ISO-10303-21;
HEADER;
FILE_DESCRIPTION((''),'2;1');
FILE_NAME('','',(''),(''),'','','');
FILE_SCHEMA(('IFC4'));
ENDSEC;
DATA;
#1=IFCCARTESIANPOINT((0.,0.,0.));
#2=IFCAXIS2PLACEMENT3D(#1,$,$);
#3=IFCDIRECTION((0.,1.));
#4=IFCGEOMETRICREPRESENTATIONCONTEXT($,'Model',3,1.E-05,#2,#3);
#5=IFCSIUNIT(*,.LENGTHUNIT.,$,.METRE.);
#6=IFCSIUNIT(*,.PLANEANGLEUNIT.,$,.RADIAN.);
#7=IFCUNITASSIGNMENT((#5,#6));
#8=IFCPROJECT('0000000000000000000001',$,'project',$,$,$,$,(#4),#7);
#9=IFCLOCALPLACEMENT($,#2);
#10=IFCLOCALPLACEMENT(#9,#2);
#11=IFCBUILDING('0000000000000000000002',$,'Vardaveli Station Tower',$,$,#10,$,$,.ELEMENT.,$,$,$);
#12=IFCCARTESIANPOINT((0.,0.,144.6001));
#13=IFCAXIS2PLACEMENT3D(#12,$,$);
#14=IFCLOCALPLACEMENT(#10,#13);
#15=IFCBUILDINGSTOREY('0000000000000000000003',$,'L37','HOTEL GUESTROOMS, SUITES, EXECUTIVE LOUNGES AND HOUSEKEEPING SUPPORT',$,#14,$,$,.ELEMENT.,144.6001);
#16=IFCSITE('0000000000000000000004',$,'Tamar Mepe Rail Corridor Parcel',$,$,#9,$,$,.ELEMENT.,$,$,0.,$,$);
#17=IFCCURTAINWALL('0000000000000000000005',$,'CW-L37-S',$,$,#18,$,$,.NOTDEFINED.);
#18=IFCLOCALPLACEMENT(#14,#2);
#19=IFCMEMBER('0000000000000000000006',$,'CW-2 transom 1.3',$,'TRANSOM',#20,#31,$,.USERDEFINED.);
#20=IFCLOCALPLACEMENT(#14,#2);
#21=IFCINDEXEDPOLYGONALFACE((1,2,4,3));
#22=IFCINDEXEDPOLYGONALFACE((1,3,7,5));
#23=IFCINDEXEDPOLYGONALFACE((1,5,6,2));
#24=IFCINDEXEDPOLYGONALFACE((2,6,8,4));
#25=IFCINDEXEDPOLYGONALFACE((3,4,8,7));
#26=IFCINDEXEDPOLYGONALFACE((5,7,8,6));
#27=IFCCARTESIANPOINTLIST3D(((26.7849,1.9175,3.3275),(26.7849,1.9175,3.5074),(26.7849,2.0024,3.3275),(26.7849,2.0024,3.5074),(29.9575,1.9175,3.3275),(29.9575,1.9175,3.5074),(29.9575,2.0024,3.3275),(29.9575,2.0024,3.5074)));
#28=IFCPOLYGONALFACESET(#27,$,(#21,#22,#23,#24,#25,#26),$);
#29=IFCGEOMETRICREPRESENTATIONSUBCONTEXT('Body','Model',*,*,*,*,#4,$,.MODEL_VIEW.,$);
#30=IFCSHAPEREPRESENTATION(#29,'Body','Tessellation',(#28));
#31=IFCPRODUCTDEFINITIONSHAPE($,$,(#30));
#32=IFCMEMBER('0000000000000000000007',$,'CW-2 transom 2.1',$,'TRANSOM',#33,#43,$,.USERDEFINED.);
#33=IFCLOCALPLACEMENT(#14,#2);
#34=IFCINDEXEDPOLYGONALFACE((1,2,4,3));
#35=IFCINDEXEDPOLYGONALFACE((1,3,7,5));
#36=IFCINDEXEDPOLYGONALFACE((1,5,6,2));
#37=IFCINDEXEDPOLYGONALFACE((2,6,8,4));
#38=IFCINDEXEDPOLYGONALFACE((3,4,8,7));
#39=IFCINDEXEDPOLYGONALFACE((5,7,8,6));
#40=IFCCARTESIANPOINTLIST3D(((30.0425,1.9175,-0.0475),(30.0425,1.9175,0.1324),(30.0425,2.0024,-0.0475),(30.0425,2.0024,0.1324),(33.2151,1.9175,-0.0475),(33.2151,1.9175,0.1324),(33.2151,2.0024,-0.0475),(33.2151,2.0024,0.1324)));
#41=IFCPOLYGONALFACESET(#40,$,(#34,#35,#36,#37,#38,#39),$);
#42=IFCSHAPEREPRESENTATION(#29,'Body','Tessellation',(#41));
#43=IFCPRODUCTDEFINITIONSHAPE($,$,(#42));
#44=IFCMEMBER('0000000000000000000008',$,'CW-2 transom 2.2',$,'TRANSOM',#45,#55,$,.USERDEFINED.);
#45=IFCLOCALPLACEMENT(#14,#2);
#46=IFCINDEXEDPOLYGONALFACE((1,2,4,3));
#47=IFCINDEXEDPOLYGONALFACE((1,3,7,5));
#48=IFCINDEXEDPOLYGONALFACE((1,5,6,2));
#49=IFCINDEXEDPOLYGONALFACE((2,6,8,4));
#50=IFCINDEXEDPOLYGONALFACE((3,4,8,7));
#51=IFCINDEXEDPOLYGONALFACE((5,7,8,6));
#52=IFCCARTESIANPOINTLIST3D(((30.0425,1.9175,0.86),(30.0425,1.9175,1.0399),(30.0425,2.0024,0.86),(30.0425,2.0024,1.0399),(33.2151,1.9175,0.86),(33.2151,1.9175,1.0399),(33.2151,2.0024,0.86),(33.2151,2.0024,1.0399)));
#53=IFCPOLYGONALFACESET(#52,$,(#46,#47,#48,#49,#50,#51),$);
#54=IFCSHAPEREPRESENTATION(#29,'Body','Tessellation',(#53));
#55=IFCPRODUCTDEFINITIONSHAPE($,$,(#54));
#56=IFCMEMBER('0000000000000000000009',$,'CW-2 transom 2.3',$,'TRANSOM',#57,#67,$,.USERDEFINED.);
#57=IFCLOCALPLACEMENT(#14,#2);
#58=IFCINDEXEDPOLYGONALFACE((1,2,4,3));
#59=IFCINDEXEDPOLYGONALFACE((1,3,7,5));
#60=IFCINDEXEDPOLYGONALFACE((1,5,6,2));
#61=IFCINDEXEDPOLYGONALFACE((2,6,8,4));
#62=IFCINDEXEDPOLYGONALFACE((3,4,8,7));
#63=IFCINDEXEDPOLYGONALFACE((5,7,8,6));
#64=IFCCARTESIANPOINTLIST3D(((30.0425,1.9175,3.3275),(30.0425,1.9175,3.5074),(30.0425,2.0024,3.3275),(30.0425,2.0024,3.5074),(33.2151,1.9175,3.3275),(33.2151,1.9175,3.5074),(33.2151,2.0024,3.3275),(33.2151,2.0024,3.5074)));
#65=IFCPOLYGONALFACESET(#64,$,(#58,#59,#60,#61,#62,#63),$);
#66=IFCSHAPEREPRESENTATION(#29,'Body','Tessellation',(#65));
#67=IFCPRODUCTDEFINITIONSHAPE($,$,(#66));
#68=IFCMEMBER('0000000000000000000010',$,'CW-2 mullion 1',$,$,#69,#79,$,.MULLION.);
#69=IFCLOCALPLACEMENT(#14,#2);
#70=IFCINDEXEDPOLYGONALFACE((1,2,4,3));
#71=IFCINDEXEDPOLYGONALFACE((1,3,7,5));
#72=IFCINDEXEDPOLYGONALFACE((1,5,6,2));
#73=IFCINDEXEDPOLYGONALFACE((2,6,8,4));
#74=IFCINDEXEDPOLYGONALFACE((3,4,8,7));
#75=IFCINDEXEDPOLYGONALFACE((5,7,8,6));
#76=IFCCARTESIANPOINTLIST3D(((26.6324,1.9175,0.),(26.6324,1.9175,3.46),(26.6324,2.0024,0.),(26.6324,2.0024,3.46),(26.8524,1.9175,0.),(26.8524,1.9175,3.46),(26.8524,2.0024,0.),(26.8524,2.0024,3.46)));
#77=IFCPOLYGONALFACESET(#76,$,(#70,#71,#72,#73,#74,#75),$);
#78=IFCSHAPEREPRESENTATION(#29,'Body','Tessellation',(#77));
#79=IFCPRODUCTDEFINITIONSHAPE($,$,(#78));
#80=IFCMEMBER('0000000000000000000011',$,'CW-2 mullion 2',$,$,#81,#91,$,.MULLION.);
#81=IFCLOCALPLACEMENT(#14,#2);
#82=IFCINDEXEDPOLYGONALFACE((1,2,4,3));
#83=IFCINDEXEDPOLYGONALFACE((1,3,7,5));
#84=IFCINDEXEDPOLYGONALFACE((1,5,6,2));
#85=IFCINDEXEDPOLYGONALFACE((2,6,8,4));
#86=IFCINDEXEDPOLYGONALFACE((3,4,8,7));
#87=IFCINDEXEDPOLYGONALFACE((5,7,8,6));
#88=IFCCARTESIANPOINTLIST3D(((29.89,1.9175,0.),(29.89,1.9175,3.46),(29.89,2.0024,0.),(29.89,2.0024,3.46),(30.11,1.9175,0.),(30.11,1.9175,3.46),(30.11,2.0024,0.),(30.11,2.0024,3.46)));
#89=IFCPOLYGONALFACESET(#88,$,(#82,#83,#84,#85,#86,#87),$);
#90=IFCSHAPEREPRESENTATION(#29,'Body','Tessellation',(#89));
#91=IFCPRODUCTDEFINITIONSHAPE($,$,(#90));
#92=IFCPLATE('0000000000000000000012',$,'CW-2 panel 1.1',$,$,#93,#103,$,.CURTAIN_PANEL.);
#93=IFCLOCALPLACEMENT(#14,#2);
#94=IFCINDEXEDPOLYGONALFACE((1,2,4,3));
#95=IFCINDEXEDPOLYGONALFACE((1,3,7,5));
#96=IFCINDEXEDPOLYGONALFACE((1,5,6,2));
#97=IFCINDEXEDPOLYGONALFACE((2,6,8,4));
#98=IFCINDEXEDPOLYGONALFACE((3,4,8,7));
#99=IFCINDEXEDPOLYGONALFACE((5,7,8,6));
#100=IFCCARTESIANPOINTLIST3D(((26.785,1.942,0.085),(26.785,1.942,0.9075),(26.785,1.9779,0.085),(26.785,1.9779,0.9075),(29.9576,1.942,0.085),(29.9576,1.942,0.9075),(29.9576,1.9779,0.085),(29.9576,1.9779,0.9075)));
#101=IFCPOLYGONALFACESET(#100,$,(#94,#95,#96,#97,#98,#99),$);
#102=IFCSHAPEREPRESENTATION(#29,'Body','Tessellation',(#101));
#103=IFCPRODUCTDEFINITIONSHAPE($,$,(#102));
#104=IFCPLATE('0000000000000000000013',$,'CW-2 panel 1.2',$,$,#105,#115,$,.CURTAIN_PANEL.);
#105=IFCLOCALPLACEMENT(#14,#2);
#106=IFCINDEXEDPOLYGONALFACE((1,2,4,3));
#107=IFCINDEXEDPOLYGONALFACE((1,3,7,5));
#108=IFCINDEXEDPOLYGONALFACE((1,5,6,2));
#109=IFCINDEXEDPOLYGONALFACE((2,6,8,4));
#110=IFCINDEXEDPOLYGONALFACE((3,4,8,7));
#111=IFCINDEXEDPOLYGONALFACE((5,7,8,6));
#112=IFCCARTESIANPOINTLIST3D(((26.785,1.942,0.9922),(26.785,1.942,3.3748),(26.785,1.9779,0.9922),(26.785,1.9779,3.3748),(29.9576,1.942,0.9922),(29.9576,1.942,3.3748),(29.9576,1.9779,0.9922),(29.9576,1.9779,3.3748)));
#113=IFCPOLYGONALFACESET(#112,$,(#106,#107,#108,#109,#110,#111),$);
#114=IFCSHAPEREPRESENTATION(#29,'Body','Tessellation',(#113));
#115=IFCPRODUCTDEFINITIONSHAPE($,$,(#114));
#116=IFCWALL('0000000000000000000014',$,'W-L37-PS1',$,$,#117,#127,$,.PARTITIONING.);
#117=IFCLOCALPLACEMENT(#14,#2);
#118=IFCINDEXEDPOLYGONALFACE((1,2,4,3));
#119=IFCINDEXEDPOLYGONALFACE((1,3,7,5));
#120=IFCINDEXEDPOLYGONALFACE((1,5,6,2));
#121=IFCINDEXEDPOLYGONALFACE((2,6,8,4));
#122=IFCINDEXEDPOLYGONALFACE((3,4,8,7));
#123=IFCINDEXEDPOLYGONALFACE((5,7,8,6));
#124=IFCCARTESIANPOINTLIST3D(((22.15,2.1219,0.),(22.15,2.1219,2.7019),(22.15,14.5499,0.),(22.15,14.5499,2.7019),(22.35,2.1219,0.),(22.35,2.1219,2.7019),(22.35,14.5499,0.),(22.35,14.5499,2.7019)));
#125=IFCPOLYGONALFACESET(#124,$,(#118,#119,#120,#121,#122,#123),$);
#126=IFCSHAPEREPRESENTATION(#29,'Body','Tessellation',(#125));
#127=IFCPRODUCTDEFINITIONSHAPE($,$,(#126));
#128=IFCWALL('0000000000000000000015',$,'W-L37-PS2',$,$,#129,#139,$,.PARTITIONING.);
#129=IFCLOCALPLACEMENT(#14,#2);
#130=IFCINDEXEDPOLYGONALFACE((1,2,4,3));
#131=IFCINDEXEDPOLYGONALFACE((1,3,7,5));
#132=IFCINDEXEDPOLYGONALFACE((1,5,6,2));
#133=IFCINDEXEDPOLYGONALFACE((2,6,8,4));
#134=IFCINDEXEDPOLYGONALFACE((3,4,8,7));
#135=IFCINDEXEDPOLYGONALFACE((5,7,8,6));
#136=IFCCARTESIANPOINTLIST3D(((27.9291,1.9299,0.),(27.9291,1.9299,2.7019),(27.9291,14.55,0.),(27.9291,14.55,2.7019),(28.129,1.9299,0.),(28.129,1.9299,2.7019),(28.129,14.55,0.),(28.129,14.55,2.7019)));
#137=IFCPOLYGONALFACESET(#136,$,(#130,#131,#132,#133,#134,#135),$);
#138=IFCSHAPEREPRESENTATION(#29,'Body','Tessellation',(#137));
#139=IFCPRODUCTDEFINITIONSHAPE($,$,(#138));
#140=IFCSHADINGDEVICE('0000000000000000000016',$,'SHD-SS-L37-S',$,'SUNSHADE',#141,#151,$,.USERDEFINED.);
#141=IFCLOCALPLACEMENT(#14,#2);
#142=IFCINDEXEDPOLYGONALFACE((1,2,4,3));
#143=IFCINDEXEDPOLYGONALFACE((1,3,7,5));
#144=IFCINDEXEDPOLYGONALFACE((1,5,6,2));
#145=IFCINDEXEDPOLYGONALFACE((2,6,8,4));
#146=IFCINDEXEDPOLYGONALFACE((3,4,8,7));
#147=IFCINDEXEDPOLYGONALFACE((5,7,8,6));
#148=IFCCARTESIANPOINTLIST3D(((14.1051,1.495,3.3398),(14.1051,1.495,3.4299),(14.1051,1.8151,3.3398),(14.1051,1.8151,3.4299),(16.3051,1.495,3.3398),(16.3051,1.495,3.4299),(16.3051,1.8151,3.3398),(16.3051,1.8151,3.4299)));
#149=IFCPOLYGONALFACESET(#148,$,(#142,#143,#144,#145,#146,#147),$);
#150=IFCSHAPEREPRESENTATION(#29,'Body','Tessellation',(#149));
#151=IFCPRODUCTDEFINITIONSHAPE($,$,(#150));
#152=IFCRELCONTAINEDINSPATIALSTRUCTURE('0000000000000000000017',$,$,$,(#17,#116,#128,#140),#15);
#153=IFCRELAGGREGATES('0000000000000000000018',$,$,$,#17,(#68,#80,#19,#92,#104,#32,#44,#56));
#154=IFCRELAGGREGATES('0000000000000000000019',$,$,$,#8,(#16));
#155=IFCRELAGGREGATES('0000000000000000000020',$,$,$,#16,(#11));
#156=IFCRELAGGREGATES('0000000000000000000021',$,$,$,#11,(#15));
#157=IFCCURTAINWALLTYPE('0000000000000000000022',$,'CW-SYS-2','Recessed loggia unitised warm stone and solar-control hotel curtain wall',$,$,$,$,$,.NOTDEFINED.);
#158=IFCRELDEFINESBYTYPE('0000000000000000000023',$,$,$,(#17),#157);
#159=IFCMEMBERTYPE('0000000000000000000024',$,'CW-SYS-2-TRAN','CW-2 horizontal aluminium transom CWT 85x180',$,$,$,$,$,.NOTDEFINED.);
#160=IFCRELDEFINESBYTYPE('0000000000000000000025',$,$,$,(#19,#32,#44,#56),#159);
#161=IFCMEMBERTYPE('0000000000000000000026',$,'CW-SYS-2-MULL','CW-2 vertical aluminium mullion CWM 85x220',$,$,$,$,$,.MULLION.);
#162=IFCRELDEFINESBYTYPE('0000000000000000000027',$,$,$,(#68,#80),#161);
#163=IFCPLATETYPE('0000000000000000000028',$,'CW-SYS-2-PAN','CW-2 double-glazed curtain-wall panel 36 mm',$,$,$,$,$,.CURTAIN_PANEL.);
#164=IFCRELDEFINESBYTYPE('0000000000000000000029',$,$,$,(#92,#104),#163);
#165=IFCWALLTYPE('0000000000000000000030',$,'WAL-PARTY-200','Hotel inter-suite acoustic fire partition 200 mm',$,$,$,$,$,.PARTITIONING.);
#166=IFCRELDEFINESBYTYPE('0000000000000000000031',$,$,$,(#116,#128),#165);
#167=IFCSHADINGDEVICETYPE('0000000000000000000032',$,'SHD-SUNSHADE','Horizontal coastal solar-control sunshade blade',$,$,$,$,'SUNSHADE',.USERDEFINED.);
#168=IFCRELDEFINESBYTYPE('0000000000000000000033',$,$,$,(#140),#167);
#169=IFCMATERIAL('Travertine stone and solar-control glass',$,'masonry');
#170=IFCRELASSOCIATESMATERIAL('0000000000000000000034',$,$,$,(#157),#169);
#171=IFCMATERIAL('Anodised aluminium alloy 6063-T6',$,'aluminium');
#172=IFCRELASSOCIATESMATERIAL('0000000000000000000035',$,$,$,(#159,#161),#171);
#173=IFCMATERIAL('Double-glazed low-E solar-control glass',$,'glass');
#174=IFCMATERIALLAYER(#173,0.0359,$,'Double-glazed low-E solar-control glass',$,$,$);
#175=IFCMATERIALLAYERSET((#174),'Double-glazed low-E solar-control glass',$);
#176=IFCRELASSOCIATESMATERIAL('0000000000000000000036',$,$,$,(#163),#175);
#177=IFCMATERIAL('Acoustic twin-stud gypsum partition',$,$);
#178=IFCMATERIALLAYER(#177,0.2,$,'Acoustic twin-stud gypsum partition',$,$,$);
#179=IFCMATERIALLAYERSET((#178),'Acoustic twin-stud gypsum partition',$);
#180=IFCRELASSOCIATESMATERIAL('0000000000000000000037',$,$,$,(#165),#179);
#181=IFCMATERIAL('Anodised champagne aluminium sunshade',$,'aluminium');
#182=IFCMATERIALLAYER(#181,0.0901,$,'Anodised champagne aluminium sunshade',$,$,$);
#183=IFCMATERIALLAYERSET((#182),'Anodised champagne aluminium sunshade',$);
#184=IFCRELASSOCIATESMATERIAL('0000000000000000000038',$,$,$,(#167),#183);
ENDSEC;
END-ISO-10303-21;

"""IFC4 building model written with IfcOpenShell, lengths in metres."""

from ifc_helpers import new_model, si_unit, direction, frame, frame_2d, origin, origin_2d, place, context, subcontext, project, spatial, rectangle, extrude, source, transform, mapped, material, layer, layer_set, material_profile, profile_set, type_object, element, aggregate, save


model = new_model("IFC4")

# Units and contexts
model_context = context("Model", 3, precision=1e-05, world=origin(), true_north=direction((0.0, 1.0)))
body_context = subcontext(model_context, "Body", "Model", "MODEL_VIEW")
ifc_project = project(units=[si_unit("LENGTHUNIT", "METRE"), si_unit("PLANEANGLEUNIT", "RADIAN")], contexts=[model_context])

# Site, building, storey
site_placement = place(None, origin())
site = spatial("IfcSite", under=ifc_project, at=site_placement, Name="Tamar Mepe Rail Corridor Parcel", CompositionType="ELEMENT", RefElevation=0.0)
building_placement = place(site_placement, origin())
building = spatial("IfcBuilding", under=site, at=building_placement, Name="Vardaveli Station Tower", CompositionType="ELEMENT")
storey_placement = place(building_placement, frame((0.0, 0.0, 144.6001)))
storey = spatial("IfcBuildingStorey", under=building, at=storey_placement, Name="L37", Description="HOTEL GUESTROOMS, SUITES, EXECUTIVE LOUNGES AND HOUSEKEEPING SUPPORT", CompositionType="ELEMENT", Elevation=144.6001)

# Curtain wall, members, plates
ifc_material_1 = material(Name="Travertine stone and solar-control glass", Category="masonry")
curtain_wall_type = type_object("IfcCurtainWallType", Name="CW-SYS-2", Description="Recessed loggia unitised warm stone and solar-control hotel curtain wall", PredefinedType="NOTDEFINED", material=ifc_material_1)
curtain_wall_placement = place(storey_placement, origin())
curtain_wall = element("IfcCurtainWall", 1, at=curtain_wall_placement, inside=storey, type_object=curtain_wall_type, Name="CW-L37-S", PredefinedType="NOTDEFINED")
ifc_material_2 = material(Name="Anodised aluminium alloy 6063-T6", Category="aluminium")
ifc_material_profile_1 = material_profile(ifc_material_2, rectangle(XDim=0.085, YDim=0.1799, at=origin_2d()), Name="CWT 85x180")
ifc_profile_set_1 = profile_set([ifc_material_profile_1], Name="Anodised aluminium alloy 6063-T6")
member_type_1 = type_object("IfcMemberType", Name="CW-SYS-2-TRAN", Description="CW-2 horizontal aluminium transom CWT 85x180", PredefinedType="NOTDEFINED", material=ifc_profile_set_1)
shared_shape_1 = source(origin(), body_context, "Body", "SweptSolid", [
    extrude(rectangle(XDim=0.085, YDim=0.1799, at=origin_2d()), origin(), (0.0, 0.0, 1.0), 3.1726),
])
member_1_placement = place(storey_placement, frame((26.7849, 1.96, 3.4175), z_axis=(1.0, 0.0, 0.0), x_axis=(0.0, 1.0, 0.0)))
member_1 = element("IfcMember", 2, at=member_1_placement, type_object=member_type_1, Name="CW-2 transom 1.3", ObjectType="TRANSOM", PredefinedType="USERDEFINED", context=body_context, shape_type="MappedRepresentation", body=[
    mapped(shared_shape_1, transform((0.0, 0.0, 0.0), scale=1.0)),
])
member_2_placement = place(storey_placement, frame((30.0425, 1.96, 0.0425), z_axis=(1.0, 0.0, 0.0), x_axis=(0.0, 1.0, 0.0)))
member_2 = element("IfcMember", 3, at=member_2_placement, type_object=member_type_1, Name="CW-2 transom 2.1", ObjectType="TRANSOM", PredefinedType="USERDEFINED", context=body_context, shape_type="MappedRepresentation", body=[
    mapped(shared_shape_1, transform((0.0, 0.0, 0.0), scale=1.0)),
])
member_3_placement = place(storey_placement, frame((30.0425, 1.96, 0.95), z_axis=(1.0, 0.0, 0.0), x_axis=(0.0, 1.0, 0.0)))
member_3 = element("IfcMember", 4, at=member_3_placement, type_object=member_type_1, Name="CW-2 transom 2.2", ObjectType="TRANSOM", PredefinedType="USERDEFINED", context=body_context, shape_type="MappedRepresentation", body=[
    mapped(shared_shape_1, transform((0.0, 0.0, 0.0), scale=1.0)),
])
member_4_placement = place(storey_placement, frame((30.0425, 1.96, 3.4175), z_axis=(1.0, 0.0, 0.0), x_axis=(0.0, 1.0, 0.0)))
member_4 = element("IfcMember", 5, at=member_4_placement, type_object=member_type_1, Name="CW-2 transom 2.3", ObjectType="TRANSOM", PredefinedType="USERDEFINED", context=body_context, shape_type="MappedRepresentation", body=[
    mapped(shared_shape_1, transform((0.0, 0.0, 0.0), scale=1.0)),
])
ifc_material_profile_2 = material_profile(ifc_material_2, rectangle(XDim=0.085, YDim=0.22, at=origin_2d()), Name="CWM 85x220")
ifc_profile_set_2 = profile_set([ifc_material_profile_2], Name="Anodised aluminium alloy 6063-T6")
member_type_2 = type_object("IfcMemberType", Name="CW-SYS-2-MULL", Description="CW-2 vertical aluminium mullion CWM 85x220", PredefinedType="MULLION", material=ifc_profile_set_2)
shared_shape_2 = source(origin(), body_context, "Body", "SweptSolid", [
    extrude(rectangle(XDim=0.085, YDim=0.22, at=origin_2d()), origin(), (0.0, 0.0, 1.0), 3.46),
])
member_5_placement = place(storey_placement, frame((26.7424, 1.96, 0.0), z_axis=(0.0, 0.0, 1.0), x_axis=(0.0, 1.0, 0.0)))
member_5 = element("IfcMember", 6, at=member_5_placement, type_object=member_type_2, Name="CW-2 mullion 1", PredefinedType="MULLION", context=body_context, shape_type="MappedRepresentation", body=[
    mapped(shared_shape_2, transform((0.0, 0.0, 0.0), scale=1.0)),
])
member_6_placement = place(storey_placement, frame((30.0, 1.96, 0.0), z_axis=(0.0, 0.0, 1.0), x_axis=(0.0, 1.0, 0.0)))
member_6 = element("IfcMember", 7, at=member_6_placement, type_object=member_type_2, Name="CW-2 mullion 2", PredefinedType="MULLION", context=body_context, shape_type="MappedRepresentation", body=[
    mapped(shared_shape_2, transform((0.0, 0.0, 0.0), scale=1.0)),
])
ifc_material_3 = material(Name="Double-glazed low-E solar-control glass", Category="glass")
ifc_layer_1 = layer(ifc_material_3, 0.0359, Name="Double-glazed low-E solar-control glass")
ifc_layer_set_1 = layer_set([ifc_layer_1], Name="Double-glazed low-E solar-control glass")
plate_type = type_object("IfcPlateType", Name="CW-SYS-2-PAN", Description="CW-2 double-glazed curtain-wall panel 36 mm", PredefinedType="CURTAIN_PANEL", material=ifc_layer_set_1)
shared_shape_3 = source(origin(), body_context, "Body", "SweptSolid", [
    extrude(rectangle(XDim=3.1726, YDim=0.0359, at=origin_2d()), origin(), (0.0, 0.0, 1.0), 0.8225),
])
plate_1_placement = place(storey_placement, frame((28.3713, 1.96, 0.085), z_axis=(0.0, 0.0, 1.0), x_axis=(1.0, 0.0, 0.0)))
plate_1 = element("IfcPlate", 8, at=plate_1_placement, type_object=plate_type, Name="CW-2 panel 1.1", PredefinedType="CURTAIN_PANEL", context=body_context, shape_type="MappedRepresentation", body=[
    mapped(shared_shape_3, transform((0.0, 0.0, 0.0), scale=1.0)),
])
shared_shape_4 = source(origin(), body_context, "Body", "SweptSolid", [
    extrude(rectangle(XDim=3.1726, YDim=0.0359, at=origin_2d()), origin(), (0.0, 0.0, 1.0), 2.3826),
])
plate_2_placement = place(storey_placement, frame((28.3713, 1.96, 0.9922), z_axis=(0.0, 0.0, 1.0), x_axis=(1.0, 0.0, 0.0)))
plate_2 = element("IfcPlate", 9, at=plate_2_placement, type_object=plate_type, Name="CW-2 panel 1.2", PredefinedType="CURTAIN_PANEL", context=body_context, shape_type="MappedRepresentation", body=[
    mapped(shared_shape_4, transform((0.0, 0.0, 0.0), scale=1.0)),
])
aggregate(curtain_wall, [member_5, member_6, member_1, plate_1, plate_2, member_2, member_3, member_4])

# Walls
ifc_material_4 = material(Name="Acoustic twin-stud gypsum partition")
ifc_layer_2 = layer(ifc_material_4, 0.2, Name="Acoustic twin-stud gypsum partition")
ifc_layer_set_2 = layer_set([ifc_layer_2], Name="Acoustic twin-stud gypsum partition")
wall_type = type_object("IfcWallType", Name="WAL-PARTY-200", Description="Hotel inter-suite acoustic fire partition 200 mm", PredefinedType="PARTITIONING", material=ifc_layer_set_2)
shared_shape_5 = source(origin(), body_context, "Body", "SweptSolid", [
    extrude(rectangle(XDim=12.428, YDim=0.2, at=frame_2d((6.2139, 0.0))), origin(), (0.0, 0.0, 1.0), 2.7019),
])
wall_1_placement = place(storey_placement, frame((22.25, 2.1221, 0.0), z_axis=(0.0, 0.0, 1.0), x_axis=(0.0, 1.0, 0.0)))
element("IfcWall", 10, at=wall_1_placement, inside=storey, type_object=wall_type, Name="W-L37-PS1", PredefinedType="PARTITIONING", context=body_context, shape_type="MappedRepresentation", body=[
    mapped(shared_shape_5, transform((0.0, 0.0, 0.0), scale=1.0)),
])
shared_shape_6 = source(origin(), body_context, "Body", "SweptSolid", [
    extrude(rectangle(XDim=12.6201, YDim=0.2, at=frame_2d((6.3101, 0.0))), origin(), (0.0, 0.0, 1.0), 2.7019),
])
wall_2_placement = place(storey_placement, frame((28.0291, 1.9299, 0.0), z_axis=(0.0, 0.0, 1.0), x_axis=(0.0, 1.0, 0.0)))
element("IfcWall", 11, at=wall_2_placement, inside=storey, type_object=wall_type, Name="W-L37-PS2", PredefinedType="PARTITIONING", context=body_context, shape_type="MappedRepresentation", body=[
    mapped(shared_shape_6, transform((0.0, 0.0, 0.0), scale=1.0)),
])

# Shading device
ifc_material_5 = material(Name="Anodised champagne aluminium sunshade", Category="aluminium")
ifc_layer_3 = layer(ifc_material_5, 0.0901, Name="Anodised champagne aluminium sunshade")
ifc_layer_set_3 = layer_set([ifc_layer_3], Name="Anodised champagne aluminium sunshade")
shading_device_type = type_object("IfcShadingDeviceType", Name="SHD-SUNSHADE", Description="Horizontal coastal solar-control sunshade blade", ElementType="SUNSHADE", PredefinedType="USERDEFINED", material=ifc_layer_set_3)
shared_shape_7 = source(origin(), body_context, "Body", "SweptSolid", [
    extrude(rectangle(XDim=2.2, YDim=0.3201, at=origin_2d()), origin(), (0.0, 0.0, 1.0), 0.0901),
])
shading_device_placement = place(storey_placement, frame((15.2051, 1.655, 3.3398), z_axis=(0.0, 0.0, 1.0), x_axis=(1.0, 0.0, 0.0)))
element("IfcShadingDevice", 12, at=shading_device_placement, inside=storey, type_object=shading_device_type, Name="SHD-SS-L37-S", ObjectType="SUNSHADE", PredefinedType="USERDEFINED", context=body_context, shape_type="MappedRepresentation", body=[
    mapped(shared_shape_7, transform((0.0, 0.0, 0.0), scale=1.0)),
])

save(model, "model.ifc")
